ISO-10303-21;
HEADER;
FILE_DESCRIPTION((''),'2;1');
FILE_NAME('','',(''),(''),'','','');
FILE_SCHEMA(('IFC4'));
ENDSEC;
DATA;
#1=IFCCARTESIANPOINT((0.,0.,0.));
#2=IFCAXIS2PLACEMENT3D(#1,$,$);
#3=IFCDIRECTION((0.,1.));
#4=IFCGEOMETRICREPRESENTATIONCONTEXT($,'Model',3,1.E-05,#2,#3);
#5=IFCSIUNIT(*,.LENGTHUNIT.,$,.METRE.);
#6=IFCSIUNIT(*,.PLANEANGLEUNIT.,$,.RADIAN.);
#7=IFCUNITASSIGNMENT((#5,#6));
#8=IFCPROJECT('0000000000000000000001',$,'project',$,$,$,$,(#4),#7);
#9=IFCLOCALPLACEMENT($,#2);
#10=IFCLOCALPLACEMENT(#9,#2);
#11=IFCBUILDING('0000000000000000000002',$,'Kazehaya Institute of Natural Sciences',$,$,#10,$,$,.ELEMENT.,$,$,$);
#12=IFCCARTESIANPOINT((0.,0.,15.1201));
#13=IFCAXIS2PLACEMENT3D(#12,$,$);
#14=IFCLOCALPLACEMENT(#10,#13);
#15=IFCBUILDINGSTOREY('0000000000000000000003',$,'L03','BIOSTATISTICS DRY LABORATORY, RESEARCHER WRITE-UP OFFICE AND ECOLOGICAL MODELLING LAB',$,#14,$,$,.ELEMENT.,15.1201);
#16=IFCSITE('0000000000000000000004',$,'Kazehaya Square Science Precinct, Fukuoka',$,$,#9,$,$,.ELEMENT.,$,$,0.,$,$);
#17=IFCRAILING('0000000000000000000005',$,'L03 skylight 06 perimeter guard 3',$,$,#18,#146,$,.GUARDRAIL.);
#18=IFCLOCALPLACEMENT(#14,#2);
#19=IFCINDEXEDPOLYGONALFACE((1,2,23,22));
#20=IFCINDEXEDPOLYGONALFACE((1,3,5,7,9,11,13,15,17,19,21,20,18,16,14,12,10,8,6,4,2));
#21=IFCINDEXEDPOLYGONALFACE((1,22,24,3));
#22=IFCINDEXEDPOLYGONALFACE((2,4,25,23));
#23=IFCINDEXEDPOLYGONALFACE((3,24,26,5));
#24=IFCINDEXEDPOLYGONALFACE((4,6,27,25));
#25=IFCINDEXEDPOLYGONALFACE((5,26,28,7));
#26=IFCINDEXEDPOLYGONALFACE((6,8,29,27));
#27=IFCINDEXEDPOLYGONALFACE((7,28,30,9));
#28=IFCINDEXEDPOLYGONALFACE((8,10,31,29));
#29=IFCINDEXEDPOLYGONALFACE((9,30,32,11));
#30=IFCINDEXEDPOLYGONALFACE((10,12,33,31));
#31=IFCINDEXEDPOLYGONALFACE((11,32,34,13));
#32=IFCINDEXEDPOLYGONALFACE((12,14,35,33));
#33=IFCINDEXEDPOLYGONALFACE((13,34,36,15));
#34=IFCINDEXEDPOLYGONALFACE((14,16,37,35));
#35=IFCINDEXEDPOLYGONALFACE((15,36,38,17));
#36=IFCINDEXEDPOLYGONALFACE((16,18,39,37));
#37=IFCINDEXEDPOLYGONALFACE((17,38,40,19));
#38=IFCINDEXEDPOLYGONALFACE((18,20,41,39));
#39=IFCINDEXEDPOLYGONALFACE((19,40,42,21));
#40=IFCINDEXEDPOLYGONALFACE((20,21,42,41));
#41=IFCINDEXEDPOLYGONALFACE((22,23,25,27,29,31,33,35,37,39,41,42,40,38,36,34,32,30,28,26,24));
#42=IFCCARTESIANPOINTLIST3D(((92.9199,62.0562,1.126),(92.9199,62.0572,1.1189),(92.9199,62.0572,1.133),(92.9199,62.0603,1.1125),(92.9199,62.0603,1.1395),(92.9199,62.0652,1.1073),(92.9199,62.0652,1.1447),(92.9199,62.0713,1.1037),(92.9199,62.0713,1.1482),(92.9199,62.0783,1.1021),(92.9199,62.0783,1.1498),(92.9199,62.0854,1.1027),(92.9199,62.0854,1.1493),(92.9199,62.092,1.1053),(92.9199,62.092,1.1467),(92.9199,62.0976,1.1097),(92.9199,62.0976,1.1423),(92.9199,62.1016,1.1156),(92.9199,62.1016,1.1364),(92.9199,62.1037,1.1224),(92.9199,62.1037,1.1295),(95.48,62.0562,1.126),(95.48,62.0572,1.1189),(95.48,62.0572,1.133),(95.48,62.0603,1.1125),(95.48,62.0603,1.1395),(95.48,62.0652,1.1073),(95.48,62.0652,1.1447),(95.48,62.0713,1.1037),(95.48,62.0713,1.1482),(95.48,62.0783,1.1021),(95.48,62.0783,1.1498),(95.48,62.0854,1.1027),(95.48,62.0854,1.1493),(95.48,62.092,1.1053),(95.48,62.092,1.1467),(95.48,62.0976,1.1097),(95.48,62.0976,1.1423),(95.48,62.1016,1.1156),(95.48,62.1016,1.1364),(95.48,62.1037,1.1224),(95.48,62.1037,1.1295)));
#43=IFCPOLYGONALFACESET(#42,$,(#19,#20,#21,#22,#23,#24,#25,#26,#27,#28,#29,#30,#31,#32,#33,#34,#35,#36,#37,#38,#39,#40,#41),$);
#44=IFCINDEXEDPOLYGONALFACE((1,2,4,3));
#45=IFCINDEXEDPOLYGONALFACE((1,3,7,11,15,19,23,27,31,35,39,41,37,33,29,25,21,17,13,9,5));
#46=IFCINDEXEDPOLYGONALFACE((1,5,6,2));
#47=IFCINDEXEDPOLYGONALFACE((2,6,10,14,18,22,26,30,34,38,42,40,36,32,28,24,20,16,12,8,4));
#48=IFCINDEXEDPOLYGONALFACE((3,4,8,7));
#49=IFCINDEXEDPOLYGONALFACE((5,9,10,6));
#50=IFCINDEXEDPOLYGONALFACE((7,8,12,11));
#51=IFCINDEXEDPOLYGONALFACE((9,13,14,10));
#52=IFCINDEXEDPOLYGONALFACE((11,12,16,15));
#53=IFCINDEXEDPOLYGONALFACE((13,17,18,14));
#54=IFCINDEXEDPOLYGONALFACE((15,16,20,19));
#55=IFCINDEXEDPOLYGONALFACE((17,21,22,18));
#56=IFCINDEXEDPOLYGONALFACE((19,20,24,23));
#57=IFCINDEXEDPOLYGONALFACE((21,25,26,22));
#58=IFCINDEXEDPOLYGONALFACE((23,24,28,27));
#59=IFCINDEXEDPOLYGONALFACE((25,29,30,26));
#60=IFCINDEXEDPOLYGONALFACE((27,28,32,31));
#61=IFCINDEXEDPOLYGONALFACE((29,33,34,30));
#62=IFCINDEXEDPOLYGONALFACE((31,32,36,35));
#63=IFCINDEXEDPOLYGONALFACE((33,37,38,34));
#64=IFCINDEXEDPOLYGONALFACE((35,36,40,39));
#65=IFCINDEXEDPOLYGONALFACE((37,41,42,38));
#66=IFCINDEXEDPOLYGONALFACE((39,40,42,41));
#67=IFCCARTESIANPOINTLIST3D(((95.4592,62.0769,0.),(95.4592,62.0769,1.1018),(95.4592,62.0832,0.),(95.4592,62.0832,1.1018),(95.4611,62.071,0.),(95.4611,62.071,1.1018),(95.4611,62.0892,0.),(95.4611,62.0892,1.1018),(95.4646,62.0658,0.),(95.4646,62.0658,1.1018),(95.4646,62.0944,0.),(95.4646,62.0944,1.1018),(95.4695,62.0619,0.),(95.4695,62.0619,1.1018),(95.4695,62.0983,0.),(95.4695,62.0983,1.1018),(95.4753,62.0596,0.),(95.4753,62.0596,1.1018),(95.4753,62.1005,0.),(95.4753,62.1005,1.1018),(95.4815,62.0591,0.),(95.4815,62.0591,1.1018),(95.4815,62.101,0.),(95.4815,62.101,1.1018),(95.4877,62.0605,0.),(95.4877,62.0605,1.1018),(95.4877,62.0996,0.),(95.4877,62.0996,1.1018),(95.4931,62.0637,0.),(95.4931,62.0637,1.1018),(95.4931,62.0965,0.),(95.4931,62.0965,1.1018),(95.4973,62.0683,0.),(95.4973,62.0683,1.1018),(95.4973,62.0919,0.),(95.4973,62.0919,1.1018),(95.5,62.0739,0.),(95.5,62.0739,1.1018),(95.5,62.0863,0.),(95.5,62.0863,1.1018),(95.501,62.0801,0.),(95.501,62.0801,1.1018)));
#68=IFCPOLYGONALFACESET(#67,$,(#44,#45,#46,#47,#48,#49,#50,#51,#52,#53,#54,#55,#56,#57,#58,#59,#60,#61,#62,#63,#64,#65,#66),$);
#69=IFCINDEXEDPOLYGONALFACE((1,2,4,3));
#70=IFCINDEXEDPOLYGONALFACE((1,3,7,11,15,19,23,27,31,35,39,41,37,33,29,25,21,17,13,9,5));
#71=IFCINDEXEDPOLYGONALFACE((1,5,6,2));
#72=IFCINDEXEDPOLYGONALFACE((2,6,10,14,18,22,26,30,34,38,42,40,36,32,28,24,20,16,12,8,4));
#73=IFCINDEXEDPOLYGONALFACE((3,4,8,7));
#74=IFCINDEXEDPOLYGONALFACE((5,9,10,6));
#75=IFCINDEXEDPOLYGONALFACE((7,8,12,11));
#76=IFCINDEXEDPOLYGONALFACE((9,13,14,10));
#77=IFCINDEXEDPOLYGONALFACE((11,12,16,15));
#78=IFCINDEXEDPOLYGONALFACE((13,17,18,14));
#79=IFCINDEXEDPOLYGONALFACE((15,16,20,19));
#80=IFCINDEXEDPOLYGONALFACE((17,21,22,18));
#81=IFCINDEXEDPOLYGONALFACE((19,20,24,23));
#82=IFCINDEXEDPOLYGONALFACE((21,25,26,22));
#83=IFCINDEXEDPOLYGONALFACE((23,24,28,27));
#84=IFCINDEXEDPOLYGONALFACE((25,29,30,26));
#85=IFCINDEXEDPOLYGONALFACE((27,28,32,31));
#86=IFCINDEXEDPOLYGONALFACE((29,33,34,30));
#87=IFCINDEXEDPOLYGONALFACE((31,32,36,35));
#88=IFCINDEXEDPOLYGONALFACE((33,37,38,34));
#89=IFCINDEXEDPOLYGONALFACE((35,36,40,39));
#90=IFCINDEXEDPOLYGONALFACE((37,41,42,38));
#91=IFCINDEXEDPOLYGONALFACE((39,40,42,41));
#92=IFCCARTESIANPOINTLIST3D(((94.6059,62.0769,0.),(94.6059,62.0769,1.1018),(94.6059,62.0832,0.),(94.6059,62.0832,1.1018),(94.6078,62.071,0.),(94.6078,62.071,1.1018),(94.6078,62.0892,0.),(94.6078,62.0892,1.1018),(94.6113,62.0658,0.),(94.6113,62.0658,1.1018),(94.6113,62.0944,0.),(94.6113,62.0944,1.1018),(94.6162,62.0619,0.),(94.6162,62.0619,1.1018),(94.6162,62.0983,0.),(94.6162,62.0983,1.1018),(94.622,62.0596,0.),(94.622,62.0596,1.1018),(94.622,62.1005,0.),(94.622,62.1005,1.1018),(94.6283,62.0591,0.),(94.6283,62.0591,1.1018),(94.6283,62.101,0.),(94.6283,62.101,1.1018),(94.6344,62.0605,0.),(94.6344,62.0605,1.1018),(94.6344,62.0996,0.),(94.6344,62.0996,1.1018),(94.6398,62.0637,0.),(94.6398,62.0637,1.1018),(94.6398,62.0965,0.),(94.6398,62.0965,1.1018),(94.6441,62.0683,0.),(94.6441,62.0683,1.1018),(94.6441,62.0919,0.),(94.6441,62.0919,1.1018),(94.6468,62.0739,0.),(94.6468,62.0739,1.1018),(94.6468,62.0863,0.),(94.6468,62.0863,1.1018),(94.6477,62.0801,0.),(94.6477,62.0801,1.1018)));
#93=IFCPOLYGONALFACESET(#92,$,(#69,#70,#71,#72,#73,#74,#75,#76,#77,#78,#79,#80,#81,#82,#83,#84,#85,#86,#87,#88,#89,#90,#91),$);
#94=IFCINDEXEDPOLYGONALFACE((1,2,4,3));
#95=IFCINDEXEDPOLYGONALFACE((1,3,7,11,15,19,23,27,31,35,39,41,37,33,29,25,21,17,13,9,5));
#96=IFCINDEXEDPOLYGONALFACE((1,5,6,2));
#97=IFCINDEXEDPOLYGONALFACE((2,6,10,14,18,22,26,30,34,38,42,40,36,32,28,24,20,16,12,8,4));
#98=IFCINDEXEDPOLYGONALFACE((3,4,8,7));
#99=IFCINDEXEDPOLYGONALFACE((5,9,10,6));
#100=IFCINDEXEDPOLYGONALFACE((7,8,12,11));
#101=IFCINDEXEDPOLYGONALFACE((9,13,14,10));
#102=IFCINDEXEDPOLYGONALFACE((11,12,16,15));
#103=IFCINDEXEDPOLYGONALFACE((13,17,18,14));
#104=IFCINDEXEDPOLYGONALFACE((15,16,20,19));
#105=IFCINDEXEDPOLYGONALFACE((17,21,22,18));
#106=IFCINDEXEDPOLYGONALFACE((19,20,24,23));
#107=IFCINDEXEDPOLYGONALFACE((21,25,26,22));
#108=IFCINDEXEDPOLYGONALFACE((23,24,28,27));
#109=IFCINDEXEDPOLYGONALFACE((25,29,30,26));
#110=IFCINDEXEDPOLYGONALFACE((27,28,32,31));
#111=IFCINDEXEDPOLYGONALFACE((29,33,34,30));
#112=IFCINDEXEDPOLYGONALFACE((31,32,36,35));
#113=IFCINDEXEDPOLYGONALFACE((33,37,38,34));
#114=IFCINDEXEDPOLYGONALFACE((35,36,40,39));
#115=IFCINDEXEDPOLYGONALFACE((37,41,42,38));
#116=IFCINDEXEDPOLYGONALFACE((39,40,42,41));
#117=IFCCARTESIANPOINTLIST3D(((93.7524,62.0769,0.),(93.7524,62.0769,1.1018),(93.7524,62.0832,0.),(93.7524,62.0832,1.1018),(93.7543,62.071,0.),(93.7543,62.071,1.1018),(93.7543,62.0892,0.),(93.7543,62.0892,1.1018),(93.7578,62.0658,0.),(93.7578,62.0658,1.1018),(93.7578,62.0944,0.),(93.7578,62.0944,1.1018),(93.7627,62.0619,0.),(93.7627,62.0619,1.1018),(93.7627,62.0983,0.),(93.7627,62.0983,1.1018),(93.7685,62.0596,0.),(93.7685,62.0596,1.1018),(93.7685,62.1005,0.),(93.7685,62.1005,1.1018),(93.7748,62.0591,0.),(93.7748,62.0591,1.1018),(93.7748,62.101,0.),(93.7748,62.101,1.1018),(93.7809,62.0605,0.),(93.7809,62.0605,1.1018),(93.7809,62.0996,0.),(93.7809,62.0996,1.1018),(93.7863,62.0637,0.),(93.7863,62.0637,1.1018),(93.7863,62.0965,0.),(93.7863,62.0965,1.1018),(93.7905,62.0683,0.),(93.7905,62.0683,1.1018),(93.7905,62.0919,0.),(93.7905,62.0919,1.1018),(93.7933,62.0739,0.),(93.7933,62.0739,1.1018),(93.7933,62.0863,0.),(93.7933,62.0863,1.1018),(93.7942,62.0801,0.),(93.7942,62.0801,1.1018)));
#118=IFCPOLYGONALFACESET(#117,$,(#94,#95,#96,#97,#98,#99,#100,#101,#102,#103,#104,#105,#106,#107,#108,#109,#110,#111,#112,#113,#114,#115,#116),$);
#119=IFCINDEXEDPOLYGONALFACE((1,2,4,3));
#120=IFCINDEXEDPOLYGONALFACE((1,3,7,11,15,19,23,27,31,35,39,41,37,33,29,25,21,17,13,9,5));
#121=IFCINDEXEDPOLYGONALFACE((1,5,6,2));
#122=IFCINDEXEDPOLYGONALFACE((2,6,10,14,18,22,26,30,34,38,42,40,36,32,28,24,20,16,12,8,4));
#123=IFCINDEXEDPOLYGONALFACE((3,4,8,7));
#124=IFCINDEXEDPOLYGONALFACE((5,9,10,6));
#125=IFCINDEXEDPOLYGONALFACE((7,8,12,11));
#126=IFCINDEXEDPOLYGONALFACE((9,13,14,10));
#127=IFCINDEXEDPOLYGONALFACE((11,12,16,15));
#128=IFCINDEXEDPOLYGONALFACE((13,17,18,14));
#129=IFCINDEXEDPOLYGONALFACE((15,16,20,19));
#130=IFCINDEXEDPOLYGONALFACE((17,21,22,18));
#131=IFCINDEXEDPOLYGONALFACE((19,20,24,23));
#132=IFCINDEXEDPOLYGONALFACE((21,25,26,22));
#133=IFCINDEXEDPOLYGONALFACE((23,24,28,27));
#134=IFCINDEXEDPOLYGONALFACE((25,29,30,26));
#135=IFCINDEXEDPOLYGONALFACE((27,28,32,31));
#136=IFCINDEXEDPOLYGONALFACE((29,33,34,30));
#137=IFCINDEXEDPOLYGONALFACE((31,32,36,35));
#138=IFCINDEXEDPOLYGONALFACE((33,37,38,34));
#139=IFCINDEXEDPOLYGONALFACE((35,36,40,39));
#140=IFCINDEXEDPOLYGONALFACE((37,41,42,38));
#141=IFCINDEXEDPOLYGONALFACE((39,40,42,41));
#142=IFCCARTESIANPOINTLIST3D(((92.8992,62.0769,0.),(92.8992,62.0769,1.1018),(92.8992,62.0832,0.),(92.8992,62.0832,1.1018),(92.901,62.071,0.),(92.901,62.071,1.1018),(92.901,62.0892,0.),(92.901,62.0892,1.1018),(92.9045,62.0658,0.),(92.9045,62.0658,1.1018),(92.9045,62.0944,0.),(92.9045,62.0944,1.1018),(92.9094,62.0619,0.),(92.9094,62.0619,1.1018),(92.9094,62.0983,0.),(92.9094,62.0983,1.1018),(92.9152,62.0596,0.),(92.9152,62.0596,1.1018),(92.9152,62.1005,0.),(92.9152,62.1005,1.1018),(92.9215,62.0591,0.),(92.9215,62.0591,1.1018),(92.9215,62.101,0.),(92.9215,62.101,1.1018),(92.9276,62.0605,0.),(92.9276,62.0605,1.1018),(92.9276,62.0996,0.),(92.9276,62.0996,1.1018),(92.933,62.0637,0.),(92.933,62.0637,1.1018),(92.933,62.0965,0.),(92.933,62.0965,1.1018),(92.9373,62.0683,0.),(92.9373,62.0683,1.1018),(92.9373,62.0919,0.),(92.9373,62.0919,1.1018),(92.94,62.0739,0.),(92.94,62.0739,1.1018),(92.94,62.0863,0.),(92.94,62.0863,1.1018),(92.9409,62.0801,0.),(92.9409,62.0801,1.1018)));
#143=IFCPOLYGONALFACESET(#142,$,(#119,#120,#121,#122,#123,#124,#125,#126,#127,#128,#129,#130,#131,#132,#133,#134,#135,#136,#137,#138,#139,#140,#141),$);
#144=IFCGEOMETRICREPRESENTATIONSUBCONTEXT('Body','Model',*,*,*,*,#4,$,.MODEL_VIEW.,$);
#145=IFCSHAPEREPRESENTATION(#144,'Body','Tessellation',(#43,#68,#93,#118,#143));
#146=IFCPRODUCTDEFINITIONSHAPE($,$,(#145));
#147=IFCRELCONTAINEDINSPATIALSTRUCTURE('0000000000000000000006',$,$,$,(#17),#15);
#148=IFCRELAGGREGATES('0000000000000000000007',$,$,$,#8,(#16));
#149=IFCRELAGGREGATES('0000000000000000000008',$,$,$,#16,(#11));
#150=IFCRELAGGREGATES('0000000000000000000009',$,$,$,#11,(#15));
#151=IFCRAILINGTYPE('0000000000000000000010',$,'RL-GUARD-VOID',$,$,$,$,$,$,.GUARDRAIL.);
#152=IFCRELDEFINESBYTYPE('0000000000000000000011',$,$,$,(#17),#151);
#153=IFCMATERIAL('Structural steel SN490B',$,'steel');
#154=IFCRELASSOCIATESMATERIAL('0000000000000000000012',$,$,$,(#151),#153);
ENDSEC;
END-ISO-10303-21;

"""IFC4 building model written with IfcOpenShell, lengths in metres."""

from ifc_helpers import new_model, si_unit, direction, frame, origin, origin_2d, place, context, subcontext, project, spatial, circle, extrude, material, type_object, element, save


model = new_model("IFC4")

# Units and contexts
model_context = context("Model", 3, precision=1e-05, world=origin(), true_north=direction((0.0, 1.0)))
body_context = subcontext(model_context, "Body", "Model", "MODEL_VIEW")
ifc_project = project(units=[si_unit("LENGTHUNIT", "METRE"), si_unit("PLANEANGLEUNIT", "RADIAN")], contexts=[model_context])

# Site, building, storey
site_placement = place(None, origin())
site = spatial("IfcSite", under=ifc_project, at=site_placement, Name="Kazehaya Square Science Precinct, Fukuoka", CompositionType="ELEMENT", RefElevation=0.0)
building_placement = place(site_placement, origin())
building = spatial("IfcBuilding", under=site, at=building_placement, Name="Kazehaya Institute of Natural Sciences", CompositionType="ELEMENT")
storey_placement = place(building_placement, frame((0.0, 0.0, 15.1201)))
storey = spatial("IfcBuildingStorey", under=building, at=storey_placement, Name="L03", Description="BIOSTATISTICS DRY LABORATORY, RESEARCHER WRITE-UP OFFICE AND ECOLOGICAL MODELLING LAB", CompositionType="ELEMENT", Elevation=15.1201)

# Railing
ifc_material_1 = material(Name="Structural steel SN490B", Category="steel")
railing_type = type_object("IfcRailingType", Name="RL-GUARD-VOID", PredefinedType="GUARDRAIL", material=ifc_material_1)
railing_1_placement = place(storey_placement, frame((95.48, 62.0801, 0.0)))
element("IfcRailing", 1, at=railing_1_placement, inside=storey, type_object=railing_type, Name="L03 skylight 06 perimeter guard 3", PredefinedType="GUARDRAIL", context=body_context, shape_type="SweptSolid", body=[
    extrude(circle(Radius=0.0239, at=origin_2d()), frame((0.0, 0.0, 1.126), z_axis=(-1.0, 0.0, 0.0), x_axis=(0.0, -1.0, 0.0)), (0.0, 0.0, 1.0), 2.5601),
    extrude(circle(Radius=0.021, at=origin_2d()), origin(), (0.0, 0.0, 1.0), 1.1018),
    extrude(circle(Radius=0.021, at=origin_2d()), frame((-0.8533, 0.0, 0.0)), (0.0, 0.0, 1.0), 1.1018),
    extrude(circle(Radius=0.021, at=origin_2d()), frame((-1.7068, 0.0, 0.0)), (0.0, 0.0, 1.0), 1.1018),
    extrude(circle(Radius=0.021, at=origin_2d()), frame((-2.5601, 0.0, 0.0)), (0.0, 0.0, 1.0), 1.1018),
])

save(model, "model.ifc")
